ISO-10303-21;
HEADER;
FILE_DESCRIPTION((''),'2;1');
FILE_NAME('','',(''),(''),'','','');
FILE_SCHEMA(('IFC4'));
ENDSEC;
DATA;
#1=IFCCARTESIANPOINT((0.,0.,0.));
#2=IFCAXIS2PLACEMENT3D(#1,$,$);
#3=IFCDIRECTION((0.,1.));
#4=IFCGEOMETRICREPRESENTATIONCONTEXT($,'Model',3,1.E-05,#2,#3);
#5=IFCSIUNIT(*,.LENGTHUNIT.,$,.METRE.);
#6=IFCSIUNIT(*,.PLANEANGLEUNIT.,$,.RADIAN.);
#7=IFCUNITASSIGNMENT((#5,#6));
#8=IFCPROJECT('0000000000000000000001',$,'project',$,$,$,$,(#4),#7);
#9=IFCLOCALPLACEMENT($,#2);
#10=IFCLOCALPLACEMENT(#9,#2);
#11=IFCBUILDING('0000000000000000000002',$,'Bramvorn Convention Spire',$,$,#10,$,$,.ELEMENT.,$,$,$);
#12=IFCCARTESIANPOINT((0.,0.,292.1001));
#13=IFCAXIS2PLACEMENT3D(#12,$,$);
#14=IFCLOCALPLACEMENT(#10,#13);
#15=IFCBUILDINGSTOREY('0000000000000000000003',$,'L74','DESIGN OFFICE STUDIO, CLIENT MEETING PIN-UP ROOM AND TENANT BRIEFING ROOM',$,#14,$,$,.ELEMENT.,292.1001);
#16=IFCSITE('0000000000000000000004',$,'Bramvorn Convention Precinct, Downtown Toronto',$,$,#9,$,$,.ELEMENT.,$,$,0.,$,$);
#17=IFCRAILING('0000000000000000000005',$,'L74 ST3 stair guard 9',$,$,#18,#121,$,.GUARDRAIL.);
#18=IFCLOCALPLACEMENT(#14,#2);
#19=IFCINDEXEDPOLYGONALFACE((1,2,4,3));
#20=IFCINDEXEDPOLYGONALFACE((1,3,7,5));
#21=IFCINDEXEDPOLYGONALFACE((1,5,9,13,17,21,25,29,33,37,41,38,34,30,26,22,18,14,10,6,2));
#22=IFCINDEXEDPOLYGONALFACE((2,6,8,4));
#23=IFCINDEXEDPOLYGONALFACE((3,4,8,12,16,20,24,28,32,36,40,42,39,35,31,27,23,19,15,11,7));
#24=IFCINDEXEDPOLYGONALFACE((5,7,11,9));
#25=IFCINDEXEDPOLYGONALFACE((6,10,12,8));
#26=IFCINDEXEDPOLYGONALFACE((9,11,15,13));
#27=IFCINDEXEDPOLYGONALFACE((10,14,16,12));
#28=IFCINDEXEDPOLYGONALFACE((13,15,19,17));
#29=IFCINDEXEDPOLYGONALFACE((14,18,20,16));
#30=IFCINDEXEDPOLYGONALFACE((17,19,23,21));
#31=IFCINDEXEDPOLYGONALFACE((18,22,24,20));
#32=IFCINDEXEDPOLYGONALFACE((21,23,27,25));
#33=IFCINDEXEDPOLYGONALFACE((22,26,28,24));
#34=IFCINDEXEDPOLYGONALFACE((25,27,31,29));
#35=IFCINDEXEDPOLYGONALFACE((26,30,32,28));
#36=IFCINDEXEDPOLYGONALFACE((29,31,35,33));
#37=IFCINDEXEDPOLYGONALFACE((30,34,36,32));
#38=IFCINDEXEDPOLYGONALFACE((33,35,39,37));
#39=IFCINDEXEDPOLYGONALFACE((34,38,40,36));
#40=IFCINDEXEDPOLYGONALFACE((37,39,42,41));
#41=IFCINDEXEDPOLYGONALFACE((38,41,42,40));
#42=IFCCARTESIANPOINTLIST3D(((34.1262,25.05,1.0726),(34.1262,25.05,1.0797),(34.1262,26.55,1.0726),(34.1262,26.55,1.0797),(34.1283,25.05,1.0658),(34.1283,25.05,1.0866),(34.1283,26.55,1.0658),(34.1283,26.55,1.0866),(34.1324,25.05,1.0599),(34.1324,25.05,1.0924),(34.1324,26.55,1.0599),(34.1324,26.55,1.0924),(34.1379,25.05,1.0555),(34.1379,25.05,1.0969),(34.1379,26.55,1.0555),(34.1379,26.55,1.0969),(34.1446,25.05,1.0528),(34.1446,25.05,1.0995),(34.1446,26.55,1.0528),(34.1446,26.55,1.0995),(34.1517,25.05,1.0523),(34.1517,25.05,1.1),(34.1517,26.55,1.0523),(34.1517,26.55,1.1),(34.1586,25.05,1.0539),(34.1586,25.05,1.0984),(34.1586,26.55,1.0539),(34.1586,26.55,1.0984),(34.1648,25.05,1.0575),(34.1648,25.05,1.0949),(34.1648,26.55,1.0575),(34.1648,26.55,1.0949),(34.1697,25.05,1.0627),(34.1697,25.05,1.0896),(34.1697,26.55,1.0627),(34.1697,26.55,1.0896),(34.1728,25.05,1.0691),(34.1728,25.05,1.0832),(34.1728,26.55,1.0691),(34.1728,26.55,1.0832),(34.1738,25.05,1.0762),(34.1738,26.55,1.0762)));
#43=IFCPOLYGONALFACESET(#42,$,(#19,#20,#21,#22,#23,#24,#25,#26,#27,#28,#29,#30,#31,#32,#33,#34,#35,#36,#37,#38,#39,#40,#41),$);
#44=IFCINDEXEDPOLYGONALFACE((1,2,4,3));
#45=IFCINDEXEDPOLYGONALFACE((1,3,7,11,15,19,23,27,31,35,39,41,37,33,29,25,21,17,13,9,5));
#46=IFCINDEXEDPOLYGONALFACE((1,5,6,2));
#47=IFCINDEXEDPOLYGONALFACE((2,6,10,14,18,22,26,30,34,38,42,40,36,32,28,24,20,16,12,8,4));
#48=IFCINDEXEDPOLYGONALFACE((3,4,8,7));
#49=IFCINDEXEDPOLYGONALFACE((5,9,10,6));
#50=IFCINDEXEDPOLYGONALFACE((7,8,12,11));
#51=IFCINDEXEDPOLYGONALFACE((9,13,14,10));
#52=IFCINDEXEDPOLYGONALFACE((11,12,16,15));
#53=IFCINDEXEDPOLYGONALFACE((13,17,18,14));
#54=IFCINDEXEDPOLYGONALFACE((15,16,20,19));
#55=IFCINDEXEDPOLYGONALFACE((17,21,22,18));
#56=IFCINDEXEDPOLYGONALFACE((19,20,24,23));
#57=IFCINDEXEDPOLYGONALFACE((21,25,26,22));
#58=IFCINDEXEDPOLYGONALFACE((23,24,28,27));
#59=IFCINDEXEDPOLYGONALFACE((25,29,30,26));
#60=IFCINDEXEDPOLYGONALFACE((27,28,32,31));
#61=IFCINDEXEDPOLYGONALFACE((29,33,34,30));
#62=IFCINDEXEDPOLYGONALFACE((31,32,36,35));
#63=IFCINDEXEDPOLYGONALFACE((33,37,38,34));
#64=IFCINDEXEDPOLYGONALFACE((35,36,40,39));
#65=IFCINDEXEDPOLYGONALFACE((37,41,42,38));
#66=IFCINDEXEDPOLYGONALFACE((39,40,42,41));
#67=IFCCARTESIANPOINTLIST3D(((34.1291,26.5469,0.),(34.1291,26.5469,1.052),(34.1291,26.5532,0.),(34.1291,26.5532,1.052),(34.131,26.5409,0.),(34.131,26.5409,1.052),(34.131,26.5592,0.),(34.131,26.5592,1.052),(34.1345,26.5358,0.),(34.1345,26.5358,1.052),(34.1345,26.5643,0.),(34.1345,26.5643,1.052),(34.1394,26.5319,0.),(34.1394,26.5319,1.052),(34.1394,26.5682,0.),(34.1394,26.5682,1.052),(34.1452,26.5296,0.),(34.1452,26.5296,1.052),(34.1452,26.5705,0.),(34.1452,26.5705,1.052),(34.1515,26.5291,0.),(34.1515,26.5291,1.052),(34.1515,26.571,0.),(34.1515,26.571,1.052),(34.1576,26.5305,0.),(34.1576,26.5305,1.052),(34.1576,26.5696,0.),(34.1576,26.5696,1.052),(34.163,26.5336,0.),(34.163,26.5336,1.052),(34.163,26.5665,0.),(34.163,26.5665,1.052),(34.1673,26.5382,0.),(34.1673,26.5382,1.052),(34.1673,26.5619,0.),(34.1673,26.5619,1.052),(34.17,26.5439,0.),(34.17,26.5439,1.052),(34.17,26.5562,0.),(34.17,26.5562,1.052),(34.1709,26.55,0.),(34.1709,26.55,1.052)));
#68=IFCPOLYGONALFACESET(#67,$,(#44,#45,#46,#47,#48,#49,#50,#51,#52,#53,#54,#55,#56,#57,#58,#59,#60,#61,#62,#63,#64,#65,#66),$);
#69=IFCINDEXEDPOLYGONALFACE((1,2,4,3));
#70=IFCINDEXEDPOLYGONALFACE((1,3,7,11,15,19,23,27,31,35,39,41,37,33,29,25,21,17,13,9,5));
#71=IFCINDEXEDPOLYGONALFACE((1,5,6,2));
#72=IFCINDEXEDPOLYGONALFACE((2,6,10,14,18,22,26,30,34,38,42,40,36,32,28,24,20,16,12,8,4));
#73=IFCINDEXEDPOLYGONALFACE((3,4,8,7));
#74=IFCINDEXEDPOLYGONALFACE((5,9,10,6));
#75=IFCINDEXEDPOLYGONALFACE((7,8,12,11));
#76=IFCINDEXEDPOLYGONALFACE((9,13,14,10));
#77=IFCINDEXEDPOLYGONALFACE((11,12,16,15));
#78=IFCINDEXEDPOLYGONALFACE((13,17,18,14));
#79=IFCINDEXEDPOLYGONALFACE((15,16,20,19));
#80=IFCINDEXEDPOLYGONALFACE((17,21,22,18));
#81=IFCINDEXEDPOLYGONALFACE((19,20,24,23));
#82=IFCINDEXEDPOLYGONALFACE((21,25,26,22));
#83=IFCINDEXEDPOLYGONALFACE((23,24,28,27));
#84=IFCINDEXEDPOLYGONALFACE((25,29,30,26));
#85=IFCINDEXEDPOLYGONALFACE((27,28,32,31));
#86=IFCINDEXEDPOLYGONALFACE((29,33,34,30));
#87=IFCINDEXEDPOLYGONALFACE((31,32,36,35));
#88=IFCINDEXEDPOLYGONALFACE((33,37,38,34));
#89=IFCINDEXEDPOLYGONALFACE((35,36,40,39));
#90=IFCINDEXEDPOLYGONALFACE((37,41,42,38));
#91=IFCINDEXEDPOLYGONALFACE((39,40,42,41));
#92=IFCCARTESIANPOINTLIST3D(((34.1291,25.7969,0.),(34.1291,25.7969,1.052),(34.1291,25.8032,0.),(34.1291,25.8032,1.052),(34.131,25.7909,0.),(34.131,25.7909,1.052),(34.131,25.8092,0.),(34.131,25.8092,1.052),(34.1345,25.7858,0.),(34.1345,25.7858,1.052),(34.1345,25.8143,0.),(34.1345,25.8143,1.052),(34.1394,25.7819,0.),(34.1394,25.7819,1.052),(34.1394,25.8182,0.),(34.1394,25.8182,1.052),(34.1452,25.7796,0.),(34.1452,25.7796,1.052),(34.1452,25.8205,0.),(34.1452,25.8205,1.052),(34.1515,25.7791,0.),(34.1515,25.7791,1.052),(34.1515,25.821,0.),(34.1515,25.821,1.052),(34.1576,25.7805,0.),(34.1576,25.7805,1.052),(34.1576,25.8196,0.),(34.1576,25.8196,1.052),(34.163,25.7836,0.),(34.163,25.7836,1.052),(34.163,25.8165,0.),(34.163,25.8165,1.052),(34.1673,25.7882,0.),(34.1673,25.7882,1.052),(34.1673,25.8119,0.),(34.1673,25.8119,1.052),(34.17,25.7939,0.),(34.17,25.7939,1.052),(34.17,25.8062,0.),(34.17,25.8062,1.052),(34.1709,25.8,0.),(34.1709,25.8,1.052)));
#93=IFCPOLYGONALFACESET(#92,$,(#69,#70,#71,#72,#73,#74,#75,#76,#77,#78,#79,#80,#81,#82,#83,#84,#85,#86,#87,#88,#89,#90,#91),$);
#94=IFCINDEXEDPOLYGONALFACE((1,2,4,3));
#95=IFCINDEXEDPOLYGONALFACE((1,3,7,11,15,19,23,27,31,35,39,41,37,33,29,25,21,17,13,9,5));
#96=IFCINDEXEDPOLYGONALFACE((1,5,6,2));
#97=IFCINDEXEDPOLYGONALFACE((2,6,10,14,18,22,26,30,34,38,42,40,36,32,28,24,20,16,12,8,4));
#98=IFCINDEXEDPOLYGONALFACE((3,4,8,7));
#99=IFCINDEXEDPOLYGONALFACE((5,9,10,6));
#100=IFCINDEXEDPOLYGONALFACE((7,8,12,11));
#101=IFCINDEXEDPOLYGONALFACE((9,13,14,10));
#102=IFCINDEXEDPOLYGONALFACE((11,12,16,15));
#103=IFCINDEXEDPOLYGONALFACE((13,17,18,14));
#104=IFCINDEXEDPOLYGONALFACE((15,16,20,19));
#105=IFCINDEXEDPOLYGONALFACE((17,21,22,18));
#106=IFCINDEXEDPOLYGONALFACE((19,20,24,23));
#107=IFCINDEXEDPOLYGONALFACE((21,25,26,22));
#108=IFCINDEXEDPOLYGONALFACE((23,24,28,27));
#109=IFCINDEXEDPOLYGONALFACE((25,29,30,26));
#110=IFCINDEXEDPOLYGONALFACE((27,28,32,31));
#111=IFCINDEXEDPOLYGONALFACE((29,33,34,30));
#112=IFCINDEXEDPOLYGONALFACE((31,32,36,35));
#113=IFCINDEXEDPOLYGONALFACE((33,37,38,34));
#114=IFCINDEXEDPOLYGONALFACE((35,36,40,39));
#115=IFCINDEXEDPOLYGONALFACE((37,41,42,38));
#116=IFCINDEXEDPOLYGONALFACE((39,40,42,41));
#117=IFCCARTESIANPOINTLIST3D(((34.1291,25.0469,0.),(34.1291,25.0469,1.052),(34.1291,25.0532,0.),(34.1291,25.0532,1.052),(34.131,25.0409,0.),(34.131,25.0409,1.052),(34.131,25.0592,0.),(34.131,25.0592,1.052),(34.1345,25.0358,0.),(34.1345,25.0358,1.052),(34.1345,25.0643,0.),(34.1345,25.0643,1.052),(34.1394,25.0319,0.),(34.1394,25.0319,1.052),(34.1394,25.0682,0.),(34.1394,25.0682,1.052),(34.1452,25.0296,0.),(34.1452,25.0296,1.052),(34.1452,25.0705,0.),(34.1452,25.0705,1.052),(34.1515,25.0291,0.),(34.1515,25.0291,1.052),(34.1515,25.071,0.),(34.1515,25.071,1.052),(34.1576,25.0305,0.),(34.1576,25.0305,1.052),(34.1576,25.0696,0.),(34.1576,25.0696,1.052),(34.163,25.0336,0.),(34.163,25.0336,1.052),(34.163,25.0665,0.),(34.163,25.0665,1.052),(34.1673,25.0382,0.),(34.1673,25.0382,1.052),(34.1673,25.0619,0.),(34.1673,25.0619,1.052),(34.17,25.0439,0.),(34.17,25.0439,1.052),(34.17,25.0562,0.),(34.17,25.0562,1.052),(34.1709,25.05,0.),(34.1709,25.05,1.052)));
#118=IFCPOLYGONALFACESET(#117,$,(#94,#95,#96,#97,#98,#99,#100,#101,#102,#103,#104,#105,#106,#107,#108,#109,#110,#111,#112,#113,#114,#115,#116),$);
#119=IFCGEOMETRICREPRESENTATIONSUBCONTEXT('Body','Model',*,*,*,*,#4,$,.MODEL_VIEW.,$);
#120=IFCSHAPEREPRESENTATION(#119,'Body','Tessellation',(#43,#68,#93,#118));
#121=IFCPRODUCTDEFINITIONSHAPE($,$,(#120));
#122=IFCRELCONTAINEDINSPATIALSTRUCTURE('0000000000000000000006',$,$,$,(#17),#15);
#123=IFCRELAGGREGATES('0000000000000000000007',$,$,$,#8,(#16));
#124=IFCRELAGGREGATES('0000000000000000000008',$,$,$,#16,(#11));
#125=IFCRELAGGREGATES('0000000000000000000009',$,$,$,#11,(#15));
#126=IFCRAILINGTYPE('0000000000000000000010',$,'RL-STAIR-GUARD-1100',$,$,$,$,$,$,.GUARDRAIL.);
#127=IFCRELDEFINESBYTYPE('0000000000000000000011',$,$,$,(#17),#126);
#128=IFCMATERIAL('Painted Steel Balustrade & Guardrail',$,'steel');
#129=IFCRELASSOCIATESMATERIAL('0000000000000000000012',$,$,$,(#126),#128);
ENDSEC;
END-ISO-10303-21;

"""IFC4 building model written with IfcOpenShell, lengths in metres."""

from ifc_helpers import new_model, si_unit, direction, frame, origin, origin_2d, place, context, subcontext, project, spatial, circle, extrude, material, type_object, element, save


model = new_model("IFC4")

# Units and contexts
model_context = context("Model", 3, precision=1e-05, world=origin(), true_north=direction((0.0, 1.0)))
body_context = subcontext(model_context, "Body", "Model", "MODEL_VIEW")
ifc_project = project(units=[si_unit("LENGTHUNIT", "METRE"), si_unit("PLANEANGLEUNIT", "RADIAN")], contexts=[model_context])

# Site, building, storey
site_placement = place(None, origin())
site = spatial("IfcSite", under=ifc_project, at=site_placement, Name="Bramvorn Convention Precinct, Downtown Toronto", CompositionType="ELEMENT", RefElevation=0.0)
building_placement = place(site_placement, origin())
building = spatial("IfcBuilding", under=site, at=building_placement, Name="Bramvorn Convention Spire", CompositionType="ELEMENT")
storey_placement = place(building_placement, frame((0.0, 0.0, 292.1001)))
storey = spatial("IfcBuildingStorey", under=building, at=storey_placement, Name="L74", Description="DESIGN OFFICE STUDIO, CLIENT MEETING PIN-UP ROOM AND TENANT BRIEFING ROOM", CompositionType="ELEMENT", Elevation=292.1001)

# Railing
ifc_material_1 = material(Name="Painted Steel Balustrade & Guardrail", Category="steel")
railing_type = type_object("IfcRailingType", Name="RL-STAIR-GUARD-1100", PredefinedType="GUARDRAIL", material=ifc_material_1)
for number, where, name in (
    (1, (34.1499, 26.55, 0.0), "L74 ST3 stair guard 9"),
):
    element("IfcRailing", number, at=place(storey_placement, frame(where)), inside=storey, type_object=railing_type, Name=name, PredefinedType="GUARDRAIL", context=body_context, shape_type="SweptSolid", body=[
        extrude(circle(Radius=0.0239, at=origin_2d()), frame((0.0, 0.0, 1.0762), z_axis=(0.0, -1.0, 0.0), x_axis=(1.0, 0.0, 0.0)), (0.0, 0.0, 1.0), 1.5),
        extrude(circle(Radius=0.021, at=origin_2d()), origin(), (0.0, 0.0, 1.0), 1.052),
        extrude(circle(Radius=0.021, at=origin_2d()), frame((0.0, -0.75, 0.0)), (0.0, 0.0, 1.0), 1.052),
        extrude(circle(Radius=0.021, at=origin_2d()), frame((0.0, -1.5, 0.0)), (0.0, 0.0, 1.0), 1.052),
    ])

save(model, "model.ifc")
